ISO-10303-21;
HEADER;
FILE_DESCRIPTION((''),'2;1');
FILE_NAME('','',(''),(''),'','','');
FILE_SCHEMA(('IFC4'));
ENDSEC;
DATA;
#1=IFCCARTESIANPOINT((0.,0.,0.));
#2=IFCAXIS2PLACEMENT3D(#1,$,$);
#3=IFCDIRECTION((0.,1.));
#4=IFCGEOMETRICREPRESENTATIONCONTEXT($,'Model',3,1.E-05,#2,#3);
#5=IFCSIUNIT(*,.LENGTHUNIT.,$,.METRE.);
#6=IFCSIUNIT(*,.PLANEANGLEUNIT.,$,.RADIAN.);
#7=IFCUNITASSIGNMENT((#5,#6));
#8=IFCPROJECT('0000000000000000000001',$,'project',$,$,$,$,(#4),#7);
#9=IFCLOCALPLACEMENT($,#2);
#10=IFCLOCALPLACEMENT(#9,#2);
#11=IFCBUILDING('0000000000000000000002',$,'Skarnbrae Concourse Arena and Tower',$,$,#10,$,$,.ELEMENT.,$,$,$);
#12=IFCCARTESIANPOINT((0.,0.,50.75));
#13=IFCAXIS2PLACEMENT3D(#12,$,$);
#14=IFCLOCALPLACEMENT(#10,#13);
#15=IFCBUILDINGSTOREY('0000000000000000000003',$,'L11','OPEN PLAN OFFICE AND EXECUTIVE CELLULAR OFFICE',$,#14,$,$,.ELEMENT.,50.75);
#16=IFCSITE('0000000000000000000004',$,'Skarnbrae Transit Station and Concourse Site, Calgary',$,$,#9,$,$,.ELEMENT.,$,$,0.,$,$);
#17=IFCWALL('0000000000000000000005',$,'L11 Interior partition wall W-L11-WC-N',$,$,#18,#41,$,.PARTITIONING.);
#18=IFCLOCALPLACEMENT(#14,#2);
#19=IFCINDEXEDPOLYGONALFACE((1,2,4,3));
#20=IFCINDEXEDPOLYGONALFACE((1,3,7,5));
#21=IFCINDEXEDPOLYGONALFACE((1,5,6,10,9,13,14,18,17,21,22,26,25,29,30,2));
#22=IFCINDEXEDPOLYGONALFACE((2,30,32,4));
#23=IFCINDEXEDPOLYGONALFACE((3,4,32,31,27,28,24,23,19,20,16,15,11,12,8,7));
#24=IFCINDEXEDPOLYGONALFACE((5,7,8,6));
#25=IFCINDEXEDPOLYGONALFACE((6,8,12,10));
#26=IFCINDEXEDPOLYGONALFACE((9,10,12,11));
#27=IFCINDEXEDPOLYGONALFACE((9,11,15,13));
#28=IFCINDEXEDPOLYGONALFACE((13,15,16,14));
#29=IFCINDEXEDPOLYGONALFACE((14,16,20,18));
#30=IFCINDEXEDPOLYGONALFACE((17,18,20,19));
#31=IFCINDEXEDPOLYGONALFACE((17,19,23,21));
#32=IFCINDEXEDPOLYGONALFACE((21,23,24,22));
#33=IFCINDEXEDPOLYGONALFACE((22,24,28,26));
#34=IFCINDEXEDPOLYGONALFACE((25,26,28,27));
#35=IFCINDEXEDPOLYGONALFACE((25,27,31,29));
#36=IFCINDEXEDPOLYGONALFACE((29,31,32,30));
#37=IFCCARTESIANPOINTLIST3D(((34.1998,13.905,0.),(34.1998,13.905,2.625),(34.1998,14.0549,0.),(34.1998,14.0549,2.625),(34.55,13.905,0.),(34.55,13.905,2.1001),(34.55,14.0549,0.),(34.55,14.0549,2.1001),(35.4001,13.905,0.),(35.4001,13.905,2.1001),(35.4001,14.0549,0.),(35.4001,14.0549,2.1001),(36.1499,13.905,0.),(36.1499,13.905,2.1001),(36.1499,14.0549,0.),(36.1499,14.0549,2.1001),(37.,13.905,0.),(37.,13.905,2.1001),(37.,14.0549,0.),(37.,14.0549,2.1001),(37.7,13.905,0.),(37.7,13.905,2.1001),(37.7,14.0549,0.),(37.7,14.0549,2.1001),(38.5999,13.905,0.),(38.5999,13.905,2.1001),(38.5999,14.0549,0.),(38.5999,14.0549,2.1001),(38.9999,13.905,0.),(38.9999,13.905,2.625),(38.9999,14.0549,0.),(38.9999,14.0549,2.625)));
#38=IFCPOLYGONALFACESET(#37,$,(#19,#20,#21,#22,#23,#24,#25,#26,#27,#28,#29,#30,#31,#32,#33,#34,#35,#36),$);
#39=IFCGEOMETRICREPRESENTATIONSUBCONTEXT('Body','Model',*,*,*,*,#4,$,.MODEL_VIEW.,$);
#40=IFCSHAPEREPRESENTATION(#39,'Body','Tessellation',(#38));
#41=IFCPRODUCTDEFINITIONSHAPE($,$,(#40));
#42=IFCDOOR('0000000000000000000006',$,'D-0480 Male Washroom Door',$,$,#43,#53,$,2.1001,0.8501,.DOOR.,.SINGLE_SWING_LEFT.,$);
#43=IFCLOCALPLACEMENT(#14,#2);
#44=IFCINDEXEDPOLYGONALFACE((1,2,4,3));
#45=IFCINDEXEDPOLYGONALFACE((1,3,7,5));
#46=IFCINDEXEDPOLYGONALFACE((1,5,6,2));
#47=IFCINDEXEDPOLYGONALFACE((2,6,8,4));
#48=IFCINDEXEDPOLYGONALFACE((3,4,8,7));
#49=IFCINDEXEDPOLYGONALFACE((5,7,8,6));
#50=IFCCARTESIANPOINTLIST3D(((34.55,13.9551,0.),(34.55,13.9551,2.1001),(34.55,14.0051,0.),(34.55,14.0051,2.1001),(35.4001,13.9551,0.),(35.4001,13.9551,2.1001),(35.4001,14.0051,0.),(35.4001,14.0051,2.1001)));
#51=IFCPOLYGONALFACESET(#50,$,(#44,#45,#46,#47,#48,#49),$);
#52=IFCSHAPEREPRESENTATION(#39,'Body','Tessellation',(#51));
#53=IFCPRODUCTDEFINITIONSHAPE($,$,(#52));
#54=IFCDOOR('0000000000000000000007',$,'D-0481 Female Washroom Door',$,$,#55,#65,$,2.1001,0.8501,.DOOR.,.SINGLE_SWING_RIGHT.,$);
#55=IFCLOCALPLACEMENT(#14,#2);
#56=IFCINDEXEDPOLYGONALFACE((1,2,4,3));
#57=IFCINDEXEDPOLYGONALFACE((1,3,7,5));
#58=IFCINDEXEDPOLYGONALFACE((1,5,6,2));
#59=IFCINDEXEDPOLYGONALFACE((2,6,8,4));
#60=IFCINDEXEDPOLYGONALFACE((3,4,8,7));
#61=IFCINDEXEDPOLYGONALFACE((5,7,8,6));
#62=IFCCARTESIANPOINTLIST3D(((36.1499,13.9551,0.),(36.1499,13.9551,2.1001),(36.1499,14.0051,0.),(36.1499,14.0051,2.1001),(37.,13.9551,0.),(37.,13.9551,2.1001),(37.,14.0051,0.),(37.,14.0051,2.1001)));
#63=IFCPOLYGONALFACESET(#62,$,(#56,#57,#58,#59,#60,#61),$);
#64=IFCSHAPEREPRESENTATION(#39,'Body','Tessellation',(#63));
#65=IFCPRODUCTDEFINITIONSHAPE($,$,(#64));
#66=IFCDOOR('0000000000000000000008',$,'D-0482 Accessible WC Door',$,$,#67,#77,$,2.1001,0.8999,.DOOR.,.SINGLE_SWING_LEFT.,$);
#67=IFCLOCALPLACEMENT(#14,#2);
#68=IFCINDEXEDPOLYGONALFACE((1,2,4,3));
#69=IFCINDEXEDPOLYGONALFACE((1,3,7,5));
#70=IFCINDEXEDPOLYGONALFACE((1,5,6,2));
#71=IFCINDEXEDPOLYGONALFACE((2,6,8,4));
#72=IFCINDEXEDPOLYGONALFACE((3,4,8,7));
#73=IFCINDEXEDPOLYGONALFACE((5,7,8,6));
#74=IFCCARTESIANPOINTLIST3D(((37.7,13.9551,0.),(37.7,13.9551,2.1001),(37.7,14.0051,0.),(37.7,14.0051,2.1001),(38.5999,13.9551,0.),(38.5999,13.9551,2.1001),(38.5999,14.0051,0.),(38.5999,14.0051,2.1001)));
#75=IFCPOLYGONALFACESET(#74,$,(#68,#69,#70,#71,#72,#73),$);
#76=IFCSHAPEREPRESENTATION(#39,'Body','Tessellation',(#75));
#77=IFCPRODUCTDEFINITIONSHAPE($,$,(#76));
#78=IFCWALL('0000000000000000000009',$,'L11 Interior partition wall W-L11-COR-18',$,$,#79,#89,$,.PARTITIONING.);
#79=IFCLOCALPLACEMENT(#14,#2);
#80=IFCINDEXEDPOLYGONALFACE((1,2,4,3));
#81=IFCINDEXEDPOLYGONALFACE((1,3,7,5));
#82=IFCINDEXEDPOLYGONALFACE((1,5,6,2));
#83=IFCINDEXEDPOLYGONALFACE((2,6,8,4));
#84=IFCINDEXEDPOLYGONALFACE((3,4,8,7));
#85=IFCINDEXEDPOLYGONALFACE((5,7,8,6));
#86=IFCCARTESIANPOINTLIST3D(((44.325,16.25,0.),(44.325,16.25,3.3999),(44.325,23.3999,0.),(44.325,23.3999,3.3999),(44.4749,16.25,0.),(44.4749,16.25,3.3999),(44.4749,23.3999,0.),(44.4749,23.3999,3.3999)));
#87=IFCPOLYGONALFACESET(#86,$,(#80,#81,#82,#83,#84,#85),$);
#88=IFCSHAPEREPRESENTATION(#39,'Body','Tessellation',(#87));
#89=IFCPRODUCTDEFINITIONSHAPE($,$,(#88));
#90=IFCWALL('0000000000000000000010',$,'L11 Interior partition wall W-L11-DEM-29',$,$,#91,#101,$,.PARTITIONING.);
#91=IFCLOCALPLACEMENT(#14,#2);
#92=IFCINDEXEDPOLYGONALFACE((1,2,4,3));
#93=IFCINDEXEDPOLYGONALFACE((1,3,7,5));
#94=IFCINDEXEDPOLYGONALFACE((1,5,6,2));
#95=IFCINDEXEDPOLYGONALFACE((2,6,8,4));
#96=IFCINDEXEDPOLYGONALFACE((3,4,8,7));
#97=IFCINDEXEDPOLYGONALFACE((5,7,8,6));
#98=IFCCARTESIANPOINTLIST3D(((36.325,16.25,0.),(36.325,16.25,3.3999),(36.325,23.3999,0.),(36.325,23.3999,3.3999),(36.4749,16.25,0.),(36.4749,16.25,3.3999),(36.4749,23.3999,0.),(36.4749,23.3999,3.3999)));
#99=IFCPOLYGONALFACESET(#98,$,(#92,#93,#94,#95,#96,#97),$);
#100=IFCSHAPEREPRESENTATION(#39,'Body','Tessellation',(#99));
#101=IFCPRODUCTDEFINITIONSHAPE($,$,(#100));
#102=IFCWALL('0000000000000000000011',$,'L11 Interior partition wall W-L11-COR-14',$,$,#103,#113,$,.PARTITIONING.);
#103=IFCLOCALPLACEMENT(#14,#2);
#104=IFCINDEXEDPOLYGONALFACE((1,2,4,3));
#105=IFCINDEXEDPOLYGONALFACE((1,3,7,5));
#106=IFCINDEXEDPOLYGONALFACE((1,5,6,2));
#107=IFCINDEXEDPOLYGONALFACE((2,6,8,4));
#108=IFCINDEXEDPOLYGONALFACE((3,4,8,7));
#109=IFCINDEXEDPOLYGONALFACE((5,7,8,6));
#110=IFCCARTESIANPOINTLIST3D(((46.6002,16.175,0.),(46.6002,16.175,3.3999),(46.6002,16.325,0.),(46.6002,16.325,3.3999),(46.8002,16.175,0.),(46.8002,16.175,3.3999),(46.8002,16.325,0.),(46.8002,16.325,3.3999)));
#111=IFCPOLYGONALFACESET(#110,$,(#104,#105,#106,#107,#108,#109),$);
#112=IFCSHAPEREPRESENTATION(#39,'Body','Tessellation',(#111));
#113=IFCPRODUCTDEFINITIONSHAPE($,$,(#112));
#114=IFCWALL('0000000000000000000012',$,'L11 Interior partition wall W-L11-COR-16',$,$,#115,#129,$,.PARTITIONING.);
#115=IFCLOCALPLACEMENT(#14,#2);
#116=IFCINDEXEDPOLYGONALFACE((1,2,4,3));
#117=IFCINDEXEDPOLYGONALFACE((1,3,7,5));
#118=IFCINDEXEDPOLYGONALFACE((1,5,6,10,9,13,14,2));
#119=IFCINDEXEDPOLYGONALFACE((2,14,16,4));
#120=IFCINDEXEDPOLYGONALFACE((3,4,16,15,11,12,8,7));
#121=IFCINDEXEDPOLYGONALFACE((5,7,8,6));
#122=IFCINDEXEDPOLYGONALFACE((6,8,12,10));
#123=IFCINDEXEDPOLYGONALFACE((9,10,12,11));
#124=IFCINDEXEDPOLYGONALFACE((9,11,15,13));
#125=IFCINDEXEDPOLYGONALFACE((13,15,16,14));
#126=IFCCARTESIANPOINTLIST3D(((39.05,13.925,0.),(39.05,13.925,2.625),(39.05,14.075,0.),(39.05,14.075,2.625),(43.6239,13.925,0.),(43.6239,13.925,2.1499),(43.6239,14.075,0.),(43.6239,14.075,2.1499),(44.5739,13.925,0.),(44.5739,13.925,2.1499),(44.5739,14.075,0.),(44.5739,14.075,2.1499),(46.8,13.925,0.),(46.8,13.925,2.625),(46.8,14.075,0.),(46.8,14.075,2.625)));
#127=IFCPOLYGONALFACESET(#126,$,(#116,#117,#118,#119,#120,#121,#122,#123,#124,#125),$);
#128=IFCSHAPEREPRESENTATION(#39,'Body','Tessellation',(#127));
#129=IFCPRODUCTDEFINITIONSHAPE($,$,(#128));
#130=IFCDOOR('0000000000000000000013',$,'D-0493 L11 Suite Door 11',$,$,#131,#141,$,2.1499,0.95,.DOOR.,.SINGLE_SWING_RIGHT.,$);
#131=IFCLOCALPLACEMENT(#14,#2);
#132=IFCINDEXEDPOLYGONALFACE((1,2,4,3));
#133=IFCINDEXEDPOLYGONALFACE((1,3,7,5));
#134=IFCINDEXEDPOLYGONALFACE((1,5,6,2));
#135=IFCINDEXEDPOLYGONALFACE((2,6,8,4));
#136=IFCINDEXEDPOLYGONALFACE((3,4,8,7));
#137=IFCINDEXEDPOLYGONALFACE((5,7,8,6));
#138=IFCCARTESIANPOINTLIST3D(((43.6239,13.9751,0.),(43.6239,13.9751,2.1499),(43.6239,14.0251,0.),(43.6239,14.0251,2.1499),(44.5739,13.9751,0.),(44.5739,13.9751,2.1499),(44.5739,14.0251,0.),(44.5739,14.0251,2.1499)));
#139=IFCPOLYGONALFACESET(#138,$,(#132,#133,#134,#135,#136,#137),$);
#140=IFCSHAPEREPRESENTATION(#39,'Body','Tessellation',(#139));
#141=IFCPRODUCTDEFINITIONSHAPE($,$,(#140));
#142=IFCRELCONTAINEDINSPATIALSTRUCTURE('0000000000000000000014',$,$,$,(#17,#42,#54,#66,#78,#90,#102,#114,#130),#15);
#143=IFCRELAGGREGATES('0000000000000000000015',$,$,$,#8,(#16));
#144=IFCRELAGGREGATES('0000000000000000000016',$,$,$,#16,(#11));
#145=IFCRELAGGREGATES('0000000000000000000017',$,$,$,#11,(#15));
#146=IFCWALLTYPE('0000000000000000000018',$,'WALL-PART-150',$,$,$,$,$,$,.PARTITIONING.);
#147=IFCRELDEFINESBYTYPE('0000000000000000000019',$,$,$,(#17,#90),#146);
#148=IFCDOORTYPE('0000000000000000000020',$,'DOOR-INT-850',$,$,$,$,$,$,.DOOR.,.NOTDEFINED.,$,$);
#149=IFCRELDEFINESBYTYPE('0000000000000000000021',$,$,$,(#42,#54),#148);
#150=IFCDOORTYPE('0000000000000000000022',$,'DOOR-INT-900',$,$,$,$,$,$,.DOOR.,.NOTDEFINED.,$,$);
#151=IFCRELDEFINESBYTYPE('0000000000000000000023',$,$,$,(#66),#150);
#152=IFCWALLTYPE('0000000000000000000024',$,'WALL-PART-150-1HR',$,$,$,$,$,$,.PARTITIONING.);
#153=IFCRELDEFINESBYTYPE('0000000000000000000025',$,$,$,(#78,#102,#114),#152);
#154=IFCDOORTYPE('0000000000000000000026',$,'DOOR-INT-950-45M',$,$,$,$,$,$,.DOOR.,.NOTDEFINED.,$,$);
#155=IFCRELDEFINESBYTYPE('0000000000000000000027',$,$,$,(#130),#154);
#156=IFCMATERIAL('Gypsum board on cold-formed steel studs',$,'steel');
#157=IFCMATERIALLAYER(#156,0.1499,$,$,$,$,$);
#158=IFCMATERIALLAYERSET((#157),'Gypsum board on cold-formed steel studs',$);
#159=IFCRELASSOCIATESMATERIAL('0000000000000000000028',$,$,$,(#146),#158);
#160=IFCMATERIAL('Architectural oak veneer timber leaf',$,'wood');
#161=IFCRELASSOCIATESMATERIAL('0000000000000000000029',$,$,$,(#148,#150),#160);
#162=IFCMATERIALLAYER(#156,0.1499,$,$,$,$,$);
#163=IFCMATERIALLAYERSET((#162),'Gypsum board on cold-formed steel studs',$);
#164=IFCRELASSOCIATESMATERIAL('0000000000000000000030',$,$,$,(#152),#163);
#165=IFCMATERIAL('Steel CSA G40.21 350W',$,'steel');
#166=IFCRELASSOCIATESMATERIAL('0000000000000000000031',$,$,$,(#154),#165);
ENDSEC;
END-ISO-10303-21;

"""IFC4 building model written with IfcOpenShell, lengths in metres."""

from ifc_helpers import new_model, si_unit, direction, frame, frame_2d, origin, place, context, subcontext, project, spatial, rectangle, extrude, source, transform, mapped, material, layer, layer_set, type_object, element, fill, save


model = new_model("IFC4")

# Units and contexts
model_context = context("Model", 3, precision=1e-05, world=origin(), true_north=direction((0.0, 1.0)))
body_context = subcontext(model_context, "Body", "Model", "MODEL_VIEW")
ifc_project = project(units=[si_unit("LENGTHUNIT", "METRE"), si_unit("PLANEANGLEUNIT", "RADIAN")], contexts=[model_context])

# Site, building, storey
site_placement = place(None, origin())
site = spatial("IfcSite", under=ifc_project, at=site_placement, Name="Skarnbrae Transit Station and Concourse Site, Calgary", CompositionType="ELEMENT", RefElevation=0.0)
building_placement = place(site_placement, origin())
building = spatial("IfcBuilding", under=site, at=building_placement, Name="Skarnbrae Concourse Arena and Tower", CompositionType="ELEMENT")
storey_placement = place(building_placement, frame((0.0, 0.0, 50.75)))
storey = spatial("IfcBuildingStorey", under=building, at=storey_placement, Name="L11", Description="OPEN PLAN OFFICE AND EXECUTIVE CELLULAR OFFICE", CompositionType="ELEMENT", Elevation=50.75)

# Shared definitions
ifc_material_1 = material(Name="Steel CSA G40.21 350W", Category="steel")

# Wall, openings, doors
ifc_material_2 = material(Name="Gypsum board on cold-formed steel studs", Category="steel")
ifc_layer_1 = layer(ifc_material_2, 0.1499)
ifc_layer_set_1 = layer_set([ifc_layer_1], Name="Gypsum board on cold-formed steel studs")
wall_type_1 = type_object("IfcWallType", Name="WALL-PART-150", PredefinedType="PARTITIONING", material=ifc_layer_set_1)
shared_shape_1 = source(origin(), body_context, "Body", "SweptSolid", [
    extrude(rectangle(XDim=4.8, YDim=0.1499, at=frame_2d((2.3999, 0.0))), origin(), (0.0, 0.0, 1.0), 2.625),
])
wall_1_placement = place(storey_placement, frame((34.2, 13.98, 0.0), z_axis=(0.0, 0.0, 1.0), x_axis=(1.0, 0.0, 0.0)))
wall_1 = element("IfcWall", 1, at=wall_1_placement, inside=storey, type_object=wall_type_1, Name="L11 Interior partition wall W-L11-WC-N", PredefinedType="PARTITIONING", context=body_context, shape_type="MappedRepresentation", body=[
    mapped(shared_shape_1, transform((0.0, 0.0, 0.0))),
])
opening_1_placement = place(wall_1_placement, frame((0.3501, 0.0, 0.0)))
opening_1 = element("IfcOpeningElement", 2, at=opening_1_placement, cuts=wall_1, PredefinedType="OPENING", context=body_context, shape_type="SweptSolid", body=[
    extrude(rectangle(XDim=0.8501, YDim=2.1001, at=frame_2d((0.425, 1.05))), frame((0.0, 0.085, 0.0), z_axis=(0.0, -1.0, 0.0), x_axis=(1.0, 0.0, 0.0)), (0.0, 0.0, 1.0), 0.1699),
])
opening_2_placement = place(wall_1_placement, frame((1.95, 0.0, 0.0)))
opening_2 = element("IfcOpeningElement", 3, at=opening_2_placement, cuts=wall_1, PredefinedType="OPENING", context=body_context, shape_type="SweptSolid", body=[
    extrude(rectangle(XDim=0.8501, YDim=2.1001, at=frame_2d((0.425, 1.05))), frame((0.0, 0.085, 0.0), z_axis=(0.0, -1.0, 0.0), x_axis=(1.0, 0.0, 0.0)), (0.0, 0.0, 1.0), 0.1699),
])
opening_3_placement = place(wall_1_placement, frame((3.5, 0.0, 0.0)))
opening_3 = element("IfcOpeningElement", 4, at=opening_3_placement, cuts=wall_1, PredefinedType="OPENING", context=body_context, shape_type="SweptSolid", body=[
    extrude(rectangle(XDim=0.8999, YDim=2.1001, at=frame_2d((0.45, 1.05))), frame((0.0, 0.085, 0.0), z_axis=(0.0, -1.0, 0.0), x_axis=(1.0, 0.0, 0.0)), (0.0, 0.0, 1.0), 0.1699),
])
ifc_material_3 = material(Name="Architectural oak veneer timber leaf", Category="wood")
door_type_1 = type_object("IfcDoorType", Name="DOOR-INT-850", OperationType="NOTDEFINED", PredefinedType="DOOR", material=ifc_material_3)
shared_shape_2 = source(origin(), body_context, "Body", "SweptSolid", [
    extrude(rectangle(XDim=0.8501, YDim=2.1001, at=frame_2d((0.425, 1.05))), frame((0.0, 0.0249, 0.0), z_axis=(0.0, -1.0, 0.0), x_axis=(1.0, 0.0, 0.0)), (0.0, 0.0, 1.0), 0.05),
])
door_1_placement = place(opening_1_placement, frame((0.8501, 0.0, 0.0), z_axis=(0.0, 0.0, 1.0), x_axis=(-1.0, 0.0, 0.0)))
door_1 = element("IfcDoor", 5, at=door_1_placement, inside=storey, type_object=door_type_1, Name="D-0480 Male Washroom Door", OperationType="SINGLE_SWING_LEFT", OverallHeight=2.1001, OverallWidth=0.8501, PredefinedType="DOOR", context=body_context, shape_type="MappedRepresentation", body=[
    mapped(shared_shape_2, transform((0.0, 0.0, 0.0))),
])
fill(opening_1, door_1)
door_2_placement = place(opening_2_placement, frame((0.8501, 0.0, 0.0), z_axis=(0.0, 0.0, 1.0), x_axis=(-1.0, 0.0, 0.0)))
door_2 = element("IfcDoor", 6, at=door_2_placement, inside=storey, type_object=door_type_1, Name="D-0481 Female Washroom Door", OperationType="SINGLE_SWING_RIGHT", OverallHeight=2.1001, OverallWidth=0.8501, PredefinedType="DOOR", context=body_context, shape_type="MappedRepresentation", body=[
    mapped(shared_shape_2, transform((0.0, 0.0, 0.0))),
])
fill(opening_2, door_2)
door_type_2 = type_object("IfcDoorType", Name="DOOR-INT-900", OperationType="NOTDEFINED", PredefinedType="DOOR", material=ifc_material_3)
shared_shape_3 = source(origin(), body_context, "Body", "SweptSolid", [
    extrude(rectangle(XDim=0.8999, YDim=2.1001, at=frame_2d((0.45, 1.05))), frame((0.0, 0.0249, 0.0), z_axis=(0.0, -1.0, 0.0), x_axis=(1.0, 0.0, 0.0)), (0.0, 0.0, 1.0), 0.05),
])
door_3_placement = place(opening_3_placement, frame((0.8999, 0.0, 0.0), z_axis=(0.0, 0.0, 1.0), x_axis=(-1.0, 0.0, 0.0)))
door_3 = element("IfcDoor", 7, at=door_3_placement, inside=storey, type_object=door_type_2, Name="D-0482 Accessible WC Door", OperationType="SINGLE_SWING_LEFT", OverallHeight=2.1001, OverallWidth=0.8999, PredefinedType="DOOR", context=body_context, shape_type="MappedRepresentation", body=[
    mapped(shared_shape_3, transform((0.0, 0.0, 0.0))),
])
fill(opening_3, door_3)

# Walls
ifc_layer_2 = layer(ifc_material_2, 0.1499)
ifc_layer_set_2 = layer_set([ifc_layer_2], Name="Gypsum board on cold-formed steel studs")
wall_type_2 = type_object("IfcWallType", Name="WALL-PART-150-1HR", PredefinedType="PARTITIONING", material=ifc_layer_set_2)
shared_shape_4 = source(origin(), body_context, "Body", "SweptSolid", [
    extrude(rectangle(XDim=7.1499, YDim=0.1499, at=frame_2d((3.575, 0.0))), origin(), (0.0, 0.0, 1.0), 3.3999),
])
wall_2_placement = place(storey_placement, frame((44.3999, 16.25, 0.0), z_axis=(0.0, 0.0, 1.0), x_axis=(0.0, 1.0, 0.0)))
element("IfcWall", 8, at=wall_2_placement, inside=storey, type_object=wall_type_2, Name="L11 Interior partition wall W-L11-COR-18", PredefinedType="PARTITIONING", context=body_context, shape_type="MappedRepresentation", body=[
    mapped(shared_shape_4, transform((0.0, 0.0, 0.0))),
])
wall_3_placement = place(storey_placement, frame((36.3999, 23.3999, 0.0), z_axis=(0.0, 0.0, 1.0), x_axis=(0.0, -1.0, 0.0)))
element("IfcWall", 9, at=wall_3_placement, inside=storey, type_object=wall_type_1, Name="L11 Interior partition wall W-L11-DEM-29", PredefinedType="PARTITIONING", context=body_context, shape_type="MappedRepresentation", body=[
    mapped(shared_shape_4, transform((0.0, 0.0, 0.0))),
])
shared_shape_5 = source(origin(), body_context, "Body", "SweptSolid", [
    extrude(rectangle(XDim=0.2, YDim=0.1499, at=frame_2d((0.1001, 0.0))), origin(), (0.0, 0.0, 1.0), 3.3999),
])
wall_4_placement = place(storey_placement, frame((46.6001, 16.25, 0.0), z_axis=(0.0, 0.0, 1.0), x_axis=(1.0, 0.0, 0.0)))
element("IfcWall", 10, at=wall_4_placement, inside=storey, type_object=wall_type_2, Name="L11 Interior partition wall W-L11-COR-14", PredefinedType="PARTITIONING", context=body_context, shape_type="MappedRepresentation", body=[
    mapped(shared_shape_5, transform((0.0, 0.0, 0.0))),
])

# Wall, opening, door
shared_shape_6 = source(origin(), body_context, "Body", "SweptSolid", [
    extrude(rectangle(XDim=7.75, YDim=0.1499, at=frame_2d((3.875, 0.0))), origin(), (0.0, 0.0, 1.0), 2.625),
])
wall_5_placement = place(storey_placement, frame((46.8, 14.0, 0.0), z_axis=(0.0, 0.0, 1.0), x_axis=(-1.0, 0.0, 0.0)))
wall_5 = element("IfcWall", 11, at=wall_5_placement, inside=storey, type_object=wall_type_2, Name="L11 Interior partition wall W-L11-COR-16", PredefinedType="PARTITIONING", context=body_context, shape_type="MappedRepresentation", body=[
    mapped(shared_shape_6, transform((0.0, 0.0, 0.0))),
])
opening_4_placement = place(wall_5_placement, frame((2.2261, 0.0, 0.0)))
opening_4 = element("IfcOpeningElement", 12, at=opening_4_placement, cuts=wall_5, PredefinedType="OPENING", context=body_context, shape_type="SweptSolid", body=[
    extrude(rectangle(XDim=0.95, YDim=2.1499, at=frame_2d((0.4751, 1.075))), frame((0.0, 0.085, 0.0), z_axis=(0.0, -1.0, 0.0), x_axis=(1.0, 0.0, 0.0)), (0.0, 0.0, 1.0), 0.1699),
])
door_type_3 = type_object("IfcDoorType", Name="DOOR-INT-950-45M", OperationType="NOTDEFINED", PredefinedType="DOOR", material=ifc_material_1)
shared_shape_7 = source(origin(), body_context, "Body", "SweptSolid", [
    extrude(rectangle(XDim=0.95, YDim=2.1499, at=frame_2d((0.4751, 1.075))), frame((0.0, 0.0249, 0.0), z_axis=(0.0, -1.0, 0.0), x_axis=(1.0, 0.0, 0.0)), (0.0, 0.0, 1.0), 0.05),
])
door_4_placement = place(opening_4_placement, origin())
door_4 = element("IfcDoor", 13, at=door_4_placement, inside=storey, type_object=door_type_3, Name="D-0493 L11 Suite Door 11", OperationType="SINGLE_SWING_RIGHT", OverallHeight=2.1499, OverallWidth=0.95, PredefinedType="DOOR", context=body_context, shape_type="MappedRepresentation", body=[
    mapped(shared_shape_7, transform((0.0, 0.0, 0.0))),
])
fill(opening_4, door_4)

save(model, "model.ifc")
